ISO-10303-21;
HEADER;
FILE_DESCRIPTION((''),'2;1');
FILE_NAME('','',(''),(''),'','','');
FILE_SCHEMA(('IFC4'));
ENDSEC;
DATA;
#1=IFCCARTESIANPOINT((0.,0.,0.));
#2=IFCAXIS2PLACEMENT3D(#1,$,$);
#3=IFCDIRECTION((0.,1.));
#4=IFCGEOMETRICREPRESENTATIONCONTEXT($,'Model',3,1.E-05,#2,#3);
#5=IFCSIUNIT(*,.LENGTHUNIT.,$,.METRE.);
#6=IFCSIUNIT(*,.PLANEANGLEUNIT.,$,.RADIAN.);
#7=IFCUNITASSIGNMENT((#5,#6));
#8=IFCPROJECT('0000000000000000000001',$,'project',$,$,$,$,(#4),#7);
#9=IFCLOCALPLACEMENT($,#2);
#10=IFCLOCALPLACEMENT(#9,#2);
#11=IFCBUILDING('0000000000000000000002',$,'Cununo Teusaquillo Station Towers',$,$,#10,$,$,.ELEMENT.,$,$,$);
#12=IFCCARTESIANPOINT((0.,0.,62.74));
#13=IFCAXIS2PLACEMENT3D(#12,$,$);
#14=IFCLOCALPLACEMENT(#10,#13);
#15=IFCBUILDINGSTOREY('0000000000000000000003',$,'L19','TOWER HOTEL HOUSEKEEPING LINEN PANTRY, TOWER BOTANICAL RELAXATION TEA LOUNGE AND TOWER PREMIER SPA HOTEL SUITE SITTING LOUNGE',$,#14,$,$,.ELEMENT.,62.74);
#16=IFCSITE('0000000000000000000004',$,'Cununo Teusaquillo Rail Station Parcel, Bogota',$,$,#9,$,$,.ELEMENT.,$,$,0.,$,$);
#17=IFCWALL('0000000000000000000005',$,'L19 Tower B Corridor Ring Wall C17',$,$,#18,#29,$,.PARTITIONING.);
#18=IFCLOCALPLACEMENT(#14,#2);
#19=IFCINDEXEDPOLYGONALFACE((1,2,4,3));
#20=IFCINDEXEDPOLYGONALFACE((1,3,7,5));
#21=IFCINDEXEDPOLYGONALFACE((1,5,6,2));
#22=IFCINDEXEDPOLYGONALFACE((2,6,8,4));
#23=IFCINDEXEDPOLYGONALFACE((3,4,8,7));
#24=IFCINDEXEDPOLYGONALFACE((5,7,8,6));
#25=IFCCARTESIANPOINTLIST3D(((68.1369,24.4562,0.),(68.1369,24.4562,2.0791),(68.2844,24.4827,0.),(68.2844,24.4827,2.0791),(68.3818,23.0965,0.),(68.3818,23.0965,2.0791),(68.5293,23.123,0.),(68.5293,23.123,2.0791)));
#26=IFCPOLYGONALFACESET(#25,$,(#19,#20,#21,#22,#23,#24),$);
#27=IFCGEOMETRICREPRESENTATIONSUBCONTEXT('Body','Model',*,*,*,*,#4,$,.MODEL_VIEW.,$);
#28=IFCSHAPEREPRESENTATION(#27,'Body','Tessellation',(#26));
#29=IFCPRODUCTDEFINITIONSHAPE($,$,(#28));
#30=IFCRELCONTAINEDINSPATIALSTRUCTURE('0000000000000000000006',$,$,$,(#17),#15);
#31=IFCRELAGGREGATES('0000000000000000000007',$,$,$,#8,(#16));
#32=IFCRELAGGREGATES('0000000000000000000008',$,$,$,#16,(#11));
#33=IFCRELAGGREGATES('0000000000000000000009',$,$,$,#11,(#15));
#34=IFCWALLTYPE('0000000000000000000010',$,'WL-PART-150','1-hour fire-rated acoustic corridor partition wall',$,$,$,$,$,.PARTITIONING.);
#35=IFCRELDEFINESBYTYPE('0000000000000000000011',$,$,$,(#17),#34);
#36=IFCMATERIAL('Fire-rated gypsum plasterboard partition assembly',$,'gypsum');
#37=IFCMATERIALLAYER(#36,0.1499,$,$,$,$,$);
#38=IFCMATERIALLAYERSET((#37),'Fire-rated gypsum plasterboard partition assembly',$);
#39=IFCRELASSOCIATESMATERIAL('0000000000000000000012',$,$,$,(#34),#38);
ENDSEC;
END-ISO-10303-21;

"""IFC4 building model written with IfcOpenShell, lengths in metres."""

from ifc_helpers import new_model, si_unit, direction, frame, frame_2d, origin, place, context, subcontext, project, spatial, rectangle, extrude, material, layer, layer_set, type_object, element, save


model = new_model("IFC4")

# Units and contexts
model_context = context("Model", 3, precision=1e-05, world=origin(), true_north=direction((0.0, 1.0)))
body_context = subcontext(model_context, "Body", "Model", "MODEL_VIEW")
ifc_project = project(units=[si_unit("LENGTHUNIT", "METRE"), si_unit("PLANEANGLEUNIT", "RADIAN")], contexts=[model_context])

# Site, building, storey
site_placement = place(None, origin())
site = spatial("IfcSite", under=ifc_project, at=site_placement, Name="Cununo Teusaquillo Rail Station Parcel, Bogota", CompositionType="ELEMENT", RefElevation=0.0)
building_placement = place(site_placement, origin())
building = spatial("IfcBuilding", under=site, at=building_placement, Name="Cununo Teusaquillo Station Towers", CompositionType="ELEMENT")
storey_placement = place(building_placement, frame((0.0, 0.0, 62.74)))
storey = spatial("IfcBuildingStorey", under=building, at=storey_placement, Name="L19", Description="TOWER HOTEL HOUSEKEEPING LINEN PANTRY, TOWER BOTANICAL RELAXATION TEA LOUNGE AND TOWER PREMIER SPA HOTEL SUITE SITTING LOUNGE", CompositionType="ELEMENT", Elevation=62.74)

# Shared definitions
ifc_material_1 = material(Name="Fire-rated gypsum plasterboard partition assembly", Category="gypsum")
ifc_layer_1 = layer(ifc_material_1, 0.1499)
ifc_layer_set_1 = layer_set([ifc_layer_1], Name="Fire-rated gypsum plasterboard partition assembly")
wall_type_1 = type_object("IfcWallType", Name="WL-PART-150", Description="1-hour fire-rated acoustic corridor partition wall", PredefinedType="PARTITIONING", material=ifc_layer_set_1)

# Wall
wall_1_placement = place(storey_placement, frame((68.4556, 23.1096, 0.0), z_axis=(0.0, 0.0, 1.0), x_axis=(-0.177252, 0.984165, 0.0)))
element("IfcWall", 1, at=wall_1_placement, inside=storey, type_object=wall_type_1, Name="L19 Tower B Corridor Ring Wall C17", PredefinedType="PARTITIONING", context=body_context, shape_type="SweptSolid", body=[
    extrude(rectangle(XDim=1.3816, YDim=0.1499, at=frame_2d((0.6909, 0.0))), origin(), (0.0, 0.0, 1.0), 2.0791),
])

save(model, "model.ifc")
